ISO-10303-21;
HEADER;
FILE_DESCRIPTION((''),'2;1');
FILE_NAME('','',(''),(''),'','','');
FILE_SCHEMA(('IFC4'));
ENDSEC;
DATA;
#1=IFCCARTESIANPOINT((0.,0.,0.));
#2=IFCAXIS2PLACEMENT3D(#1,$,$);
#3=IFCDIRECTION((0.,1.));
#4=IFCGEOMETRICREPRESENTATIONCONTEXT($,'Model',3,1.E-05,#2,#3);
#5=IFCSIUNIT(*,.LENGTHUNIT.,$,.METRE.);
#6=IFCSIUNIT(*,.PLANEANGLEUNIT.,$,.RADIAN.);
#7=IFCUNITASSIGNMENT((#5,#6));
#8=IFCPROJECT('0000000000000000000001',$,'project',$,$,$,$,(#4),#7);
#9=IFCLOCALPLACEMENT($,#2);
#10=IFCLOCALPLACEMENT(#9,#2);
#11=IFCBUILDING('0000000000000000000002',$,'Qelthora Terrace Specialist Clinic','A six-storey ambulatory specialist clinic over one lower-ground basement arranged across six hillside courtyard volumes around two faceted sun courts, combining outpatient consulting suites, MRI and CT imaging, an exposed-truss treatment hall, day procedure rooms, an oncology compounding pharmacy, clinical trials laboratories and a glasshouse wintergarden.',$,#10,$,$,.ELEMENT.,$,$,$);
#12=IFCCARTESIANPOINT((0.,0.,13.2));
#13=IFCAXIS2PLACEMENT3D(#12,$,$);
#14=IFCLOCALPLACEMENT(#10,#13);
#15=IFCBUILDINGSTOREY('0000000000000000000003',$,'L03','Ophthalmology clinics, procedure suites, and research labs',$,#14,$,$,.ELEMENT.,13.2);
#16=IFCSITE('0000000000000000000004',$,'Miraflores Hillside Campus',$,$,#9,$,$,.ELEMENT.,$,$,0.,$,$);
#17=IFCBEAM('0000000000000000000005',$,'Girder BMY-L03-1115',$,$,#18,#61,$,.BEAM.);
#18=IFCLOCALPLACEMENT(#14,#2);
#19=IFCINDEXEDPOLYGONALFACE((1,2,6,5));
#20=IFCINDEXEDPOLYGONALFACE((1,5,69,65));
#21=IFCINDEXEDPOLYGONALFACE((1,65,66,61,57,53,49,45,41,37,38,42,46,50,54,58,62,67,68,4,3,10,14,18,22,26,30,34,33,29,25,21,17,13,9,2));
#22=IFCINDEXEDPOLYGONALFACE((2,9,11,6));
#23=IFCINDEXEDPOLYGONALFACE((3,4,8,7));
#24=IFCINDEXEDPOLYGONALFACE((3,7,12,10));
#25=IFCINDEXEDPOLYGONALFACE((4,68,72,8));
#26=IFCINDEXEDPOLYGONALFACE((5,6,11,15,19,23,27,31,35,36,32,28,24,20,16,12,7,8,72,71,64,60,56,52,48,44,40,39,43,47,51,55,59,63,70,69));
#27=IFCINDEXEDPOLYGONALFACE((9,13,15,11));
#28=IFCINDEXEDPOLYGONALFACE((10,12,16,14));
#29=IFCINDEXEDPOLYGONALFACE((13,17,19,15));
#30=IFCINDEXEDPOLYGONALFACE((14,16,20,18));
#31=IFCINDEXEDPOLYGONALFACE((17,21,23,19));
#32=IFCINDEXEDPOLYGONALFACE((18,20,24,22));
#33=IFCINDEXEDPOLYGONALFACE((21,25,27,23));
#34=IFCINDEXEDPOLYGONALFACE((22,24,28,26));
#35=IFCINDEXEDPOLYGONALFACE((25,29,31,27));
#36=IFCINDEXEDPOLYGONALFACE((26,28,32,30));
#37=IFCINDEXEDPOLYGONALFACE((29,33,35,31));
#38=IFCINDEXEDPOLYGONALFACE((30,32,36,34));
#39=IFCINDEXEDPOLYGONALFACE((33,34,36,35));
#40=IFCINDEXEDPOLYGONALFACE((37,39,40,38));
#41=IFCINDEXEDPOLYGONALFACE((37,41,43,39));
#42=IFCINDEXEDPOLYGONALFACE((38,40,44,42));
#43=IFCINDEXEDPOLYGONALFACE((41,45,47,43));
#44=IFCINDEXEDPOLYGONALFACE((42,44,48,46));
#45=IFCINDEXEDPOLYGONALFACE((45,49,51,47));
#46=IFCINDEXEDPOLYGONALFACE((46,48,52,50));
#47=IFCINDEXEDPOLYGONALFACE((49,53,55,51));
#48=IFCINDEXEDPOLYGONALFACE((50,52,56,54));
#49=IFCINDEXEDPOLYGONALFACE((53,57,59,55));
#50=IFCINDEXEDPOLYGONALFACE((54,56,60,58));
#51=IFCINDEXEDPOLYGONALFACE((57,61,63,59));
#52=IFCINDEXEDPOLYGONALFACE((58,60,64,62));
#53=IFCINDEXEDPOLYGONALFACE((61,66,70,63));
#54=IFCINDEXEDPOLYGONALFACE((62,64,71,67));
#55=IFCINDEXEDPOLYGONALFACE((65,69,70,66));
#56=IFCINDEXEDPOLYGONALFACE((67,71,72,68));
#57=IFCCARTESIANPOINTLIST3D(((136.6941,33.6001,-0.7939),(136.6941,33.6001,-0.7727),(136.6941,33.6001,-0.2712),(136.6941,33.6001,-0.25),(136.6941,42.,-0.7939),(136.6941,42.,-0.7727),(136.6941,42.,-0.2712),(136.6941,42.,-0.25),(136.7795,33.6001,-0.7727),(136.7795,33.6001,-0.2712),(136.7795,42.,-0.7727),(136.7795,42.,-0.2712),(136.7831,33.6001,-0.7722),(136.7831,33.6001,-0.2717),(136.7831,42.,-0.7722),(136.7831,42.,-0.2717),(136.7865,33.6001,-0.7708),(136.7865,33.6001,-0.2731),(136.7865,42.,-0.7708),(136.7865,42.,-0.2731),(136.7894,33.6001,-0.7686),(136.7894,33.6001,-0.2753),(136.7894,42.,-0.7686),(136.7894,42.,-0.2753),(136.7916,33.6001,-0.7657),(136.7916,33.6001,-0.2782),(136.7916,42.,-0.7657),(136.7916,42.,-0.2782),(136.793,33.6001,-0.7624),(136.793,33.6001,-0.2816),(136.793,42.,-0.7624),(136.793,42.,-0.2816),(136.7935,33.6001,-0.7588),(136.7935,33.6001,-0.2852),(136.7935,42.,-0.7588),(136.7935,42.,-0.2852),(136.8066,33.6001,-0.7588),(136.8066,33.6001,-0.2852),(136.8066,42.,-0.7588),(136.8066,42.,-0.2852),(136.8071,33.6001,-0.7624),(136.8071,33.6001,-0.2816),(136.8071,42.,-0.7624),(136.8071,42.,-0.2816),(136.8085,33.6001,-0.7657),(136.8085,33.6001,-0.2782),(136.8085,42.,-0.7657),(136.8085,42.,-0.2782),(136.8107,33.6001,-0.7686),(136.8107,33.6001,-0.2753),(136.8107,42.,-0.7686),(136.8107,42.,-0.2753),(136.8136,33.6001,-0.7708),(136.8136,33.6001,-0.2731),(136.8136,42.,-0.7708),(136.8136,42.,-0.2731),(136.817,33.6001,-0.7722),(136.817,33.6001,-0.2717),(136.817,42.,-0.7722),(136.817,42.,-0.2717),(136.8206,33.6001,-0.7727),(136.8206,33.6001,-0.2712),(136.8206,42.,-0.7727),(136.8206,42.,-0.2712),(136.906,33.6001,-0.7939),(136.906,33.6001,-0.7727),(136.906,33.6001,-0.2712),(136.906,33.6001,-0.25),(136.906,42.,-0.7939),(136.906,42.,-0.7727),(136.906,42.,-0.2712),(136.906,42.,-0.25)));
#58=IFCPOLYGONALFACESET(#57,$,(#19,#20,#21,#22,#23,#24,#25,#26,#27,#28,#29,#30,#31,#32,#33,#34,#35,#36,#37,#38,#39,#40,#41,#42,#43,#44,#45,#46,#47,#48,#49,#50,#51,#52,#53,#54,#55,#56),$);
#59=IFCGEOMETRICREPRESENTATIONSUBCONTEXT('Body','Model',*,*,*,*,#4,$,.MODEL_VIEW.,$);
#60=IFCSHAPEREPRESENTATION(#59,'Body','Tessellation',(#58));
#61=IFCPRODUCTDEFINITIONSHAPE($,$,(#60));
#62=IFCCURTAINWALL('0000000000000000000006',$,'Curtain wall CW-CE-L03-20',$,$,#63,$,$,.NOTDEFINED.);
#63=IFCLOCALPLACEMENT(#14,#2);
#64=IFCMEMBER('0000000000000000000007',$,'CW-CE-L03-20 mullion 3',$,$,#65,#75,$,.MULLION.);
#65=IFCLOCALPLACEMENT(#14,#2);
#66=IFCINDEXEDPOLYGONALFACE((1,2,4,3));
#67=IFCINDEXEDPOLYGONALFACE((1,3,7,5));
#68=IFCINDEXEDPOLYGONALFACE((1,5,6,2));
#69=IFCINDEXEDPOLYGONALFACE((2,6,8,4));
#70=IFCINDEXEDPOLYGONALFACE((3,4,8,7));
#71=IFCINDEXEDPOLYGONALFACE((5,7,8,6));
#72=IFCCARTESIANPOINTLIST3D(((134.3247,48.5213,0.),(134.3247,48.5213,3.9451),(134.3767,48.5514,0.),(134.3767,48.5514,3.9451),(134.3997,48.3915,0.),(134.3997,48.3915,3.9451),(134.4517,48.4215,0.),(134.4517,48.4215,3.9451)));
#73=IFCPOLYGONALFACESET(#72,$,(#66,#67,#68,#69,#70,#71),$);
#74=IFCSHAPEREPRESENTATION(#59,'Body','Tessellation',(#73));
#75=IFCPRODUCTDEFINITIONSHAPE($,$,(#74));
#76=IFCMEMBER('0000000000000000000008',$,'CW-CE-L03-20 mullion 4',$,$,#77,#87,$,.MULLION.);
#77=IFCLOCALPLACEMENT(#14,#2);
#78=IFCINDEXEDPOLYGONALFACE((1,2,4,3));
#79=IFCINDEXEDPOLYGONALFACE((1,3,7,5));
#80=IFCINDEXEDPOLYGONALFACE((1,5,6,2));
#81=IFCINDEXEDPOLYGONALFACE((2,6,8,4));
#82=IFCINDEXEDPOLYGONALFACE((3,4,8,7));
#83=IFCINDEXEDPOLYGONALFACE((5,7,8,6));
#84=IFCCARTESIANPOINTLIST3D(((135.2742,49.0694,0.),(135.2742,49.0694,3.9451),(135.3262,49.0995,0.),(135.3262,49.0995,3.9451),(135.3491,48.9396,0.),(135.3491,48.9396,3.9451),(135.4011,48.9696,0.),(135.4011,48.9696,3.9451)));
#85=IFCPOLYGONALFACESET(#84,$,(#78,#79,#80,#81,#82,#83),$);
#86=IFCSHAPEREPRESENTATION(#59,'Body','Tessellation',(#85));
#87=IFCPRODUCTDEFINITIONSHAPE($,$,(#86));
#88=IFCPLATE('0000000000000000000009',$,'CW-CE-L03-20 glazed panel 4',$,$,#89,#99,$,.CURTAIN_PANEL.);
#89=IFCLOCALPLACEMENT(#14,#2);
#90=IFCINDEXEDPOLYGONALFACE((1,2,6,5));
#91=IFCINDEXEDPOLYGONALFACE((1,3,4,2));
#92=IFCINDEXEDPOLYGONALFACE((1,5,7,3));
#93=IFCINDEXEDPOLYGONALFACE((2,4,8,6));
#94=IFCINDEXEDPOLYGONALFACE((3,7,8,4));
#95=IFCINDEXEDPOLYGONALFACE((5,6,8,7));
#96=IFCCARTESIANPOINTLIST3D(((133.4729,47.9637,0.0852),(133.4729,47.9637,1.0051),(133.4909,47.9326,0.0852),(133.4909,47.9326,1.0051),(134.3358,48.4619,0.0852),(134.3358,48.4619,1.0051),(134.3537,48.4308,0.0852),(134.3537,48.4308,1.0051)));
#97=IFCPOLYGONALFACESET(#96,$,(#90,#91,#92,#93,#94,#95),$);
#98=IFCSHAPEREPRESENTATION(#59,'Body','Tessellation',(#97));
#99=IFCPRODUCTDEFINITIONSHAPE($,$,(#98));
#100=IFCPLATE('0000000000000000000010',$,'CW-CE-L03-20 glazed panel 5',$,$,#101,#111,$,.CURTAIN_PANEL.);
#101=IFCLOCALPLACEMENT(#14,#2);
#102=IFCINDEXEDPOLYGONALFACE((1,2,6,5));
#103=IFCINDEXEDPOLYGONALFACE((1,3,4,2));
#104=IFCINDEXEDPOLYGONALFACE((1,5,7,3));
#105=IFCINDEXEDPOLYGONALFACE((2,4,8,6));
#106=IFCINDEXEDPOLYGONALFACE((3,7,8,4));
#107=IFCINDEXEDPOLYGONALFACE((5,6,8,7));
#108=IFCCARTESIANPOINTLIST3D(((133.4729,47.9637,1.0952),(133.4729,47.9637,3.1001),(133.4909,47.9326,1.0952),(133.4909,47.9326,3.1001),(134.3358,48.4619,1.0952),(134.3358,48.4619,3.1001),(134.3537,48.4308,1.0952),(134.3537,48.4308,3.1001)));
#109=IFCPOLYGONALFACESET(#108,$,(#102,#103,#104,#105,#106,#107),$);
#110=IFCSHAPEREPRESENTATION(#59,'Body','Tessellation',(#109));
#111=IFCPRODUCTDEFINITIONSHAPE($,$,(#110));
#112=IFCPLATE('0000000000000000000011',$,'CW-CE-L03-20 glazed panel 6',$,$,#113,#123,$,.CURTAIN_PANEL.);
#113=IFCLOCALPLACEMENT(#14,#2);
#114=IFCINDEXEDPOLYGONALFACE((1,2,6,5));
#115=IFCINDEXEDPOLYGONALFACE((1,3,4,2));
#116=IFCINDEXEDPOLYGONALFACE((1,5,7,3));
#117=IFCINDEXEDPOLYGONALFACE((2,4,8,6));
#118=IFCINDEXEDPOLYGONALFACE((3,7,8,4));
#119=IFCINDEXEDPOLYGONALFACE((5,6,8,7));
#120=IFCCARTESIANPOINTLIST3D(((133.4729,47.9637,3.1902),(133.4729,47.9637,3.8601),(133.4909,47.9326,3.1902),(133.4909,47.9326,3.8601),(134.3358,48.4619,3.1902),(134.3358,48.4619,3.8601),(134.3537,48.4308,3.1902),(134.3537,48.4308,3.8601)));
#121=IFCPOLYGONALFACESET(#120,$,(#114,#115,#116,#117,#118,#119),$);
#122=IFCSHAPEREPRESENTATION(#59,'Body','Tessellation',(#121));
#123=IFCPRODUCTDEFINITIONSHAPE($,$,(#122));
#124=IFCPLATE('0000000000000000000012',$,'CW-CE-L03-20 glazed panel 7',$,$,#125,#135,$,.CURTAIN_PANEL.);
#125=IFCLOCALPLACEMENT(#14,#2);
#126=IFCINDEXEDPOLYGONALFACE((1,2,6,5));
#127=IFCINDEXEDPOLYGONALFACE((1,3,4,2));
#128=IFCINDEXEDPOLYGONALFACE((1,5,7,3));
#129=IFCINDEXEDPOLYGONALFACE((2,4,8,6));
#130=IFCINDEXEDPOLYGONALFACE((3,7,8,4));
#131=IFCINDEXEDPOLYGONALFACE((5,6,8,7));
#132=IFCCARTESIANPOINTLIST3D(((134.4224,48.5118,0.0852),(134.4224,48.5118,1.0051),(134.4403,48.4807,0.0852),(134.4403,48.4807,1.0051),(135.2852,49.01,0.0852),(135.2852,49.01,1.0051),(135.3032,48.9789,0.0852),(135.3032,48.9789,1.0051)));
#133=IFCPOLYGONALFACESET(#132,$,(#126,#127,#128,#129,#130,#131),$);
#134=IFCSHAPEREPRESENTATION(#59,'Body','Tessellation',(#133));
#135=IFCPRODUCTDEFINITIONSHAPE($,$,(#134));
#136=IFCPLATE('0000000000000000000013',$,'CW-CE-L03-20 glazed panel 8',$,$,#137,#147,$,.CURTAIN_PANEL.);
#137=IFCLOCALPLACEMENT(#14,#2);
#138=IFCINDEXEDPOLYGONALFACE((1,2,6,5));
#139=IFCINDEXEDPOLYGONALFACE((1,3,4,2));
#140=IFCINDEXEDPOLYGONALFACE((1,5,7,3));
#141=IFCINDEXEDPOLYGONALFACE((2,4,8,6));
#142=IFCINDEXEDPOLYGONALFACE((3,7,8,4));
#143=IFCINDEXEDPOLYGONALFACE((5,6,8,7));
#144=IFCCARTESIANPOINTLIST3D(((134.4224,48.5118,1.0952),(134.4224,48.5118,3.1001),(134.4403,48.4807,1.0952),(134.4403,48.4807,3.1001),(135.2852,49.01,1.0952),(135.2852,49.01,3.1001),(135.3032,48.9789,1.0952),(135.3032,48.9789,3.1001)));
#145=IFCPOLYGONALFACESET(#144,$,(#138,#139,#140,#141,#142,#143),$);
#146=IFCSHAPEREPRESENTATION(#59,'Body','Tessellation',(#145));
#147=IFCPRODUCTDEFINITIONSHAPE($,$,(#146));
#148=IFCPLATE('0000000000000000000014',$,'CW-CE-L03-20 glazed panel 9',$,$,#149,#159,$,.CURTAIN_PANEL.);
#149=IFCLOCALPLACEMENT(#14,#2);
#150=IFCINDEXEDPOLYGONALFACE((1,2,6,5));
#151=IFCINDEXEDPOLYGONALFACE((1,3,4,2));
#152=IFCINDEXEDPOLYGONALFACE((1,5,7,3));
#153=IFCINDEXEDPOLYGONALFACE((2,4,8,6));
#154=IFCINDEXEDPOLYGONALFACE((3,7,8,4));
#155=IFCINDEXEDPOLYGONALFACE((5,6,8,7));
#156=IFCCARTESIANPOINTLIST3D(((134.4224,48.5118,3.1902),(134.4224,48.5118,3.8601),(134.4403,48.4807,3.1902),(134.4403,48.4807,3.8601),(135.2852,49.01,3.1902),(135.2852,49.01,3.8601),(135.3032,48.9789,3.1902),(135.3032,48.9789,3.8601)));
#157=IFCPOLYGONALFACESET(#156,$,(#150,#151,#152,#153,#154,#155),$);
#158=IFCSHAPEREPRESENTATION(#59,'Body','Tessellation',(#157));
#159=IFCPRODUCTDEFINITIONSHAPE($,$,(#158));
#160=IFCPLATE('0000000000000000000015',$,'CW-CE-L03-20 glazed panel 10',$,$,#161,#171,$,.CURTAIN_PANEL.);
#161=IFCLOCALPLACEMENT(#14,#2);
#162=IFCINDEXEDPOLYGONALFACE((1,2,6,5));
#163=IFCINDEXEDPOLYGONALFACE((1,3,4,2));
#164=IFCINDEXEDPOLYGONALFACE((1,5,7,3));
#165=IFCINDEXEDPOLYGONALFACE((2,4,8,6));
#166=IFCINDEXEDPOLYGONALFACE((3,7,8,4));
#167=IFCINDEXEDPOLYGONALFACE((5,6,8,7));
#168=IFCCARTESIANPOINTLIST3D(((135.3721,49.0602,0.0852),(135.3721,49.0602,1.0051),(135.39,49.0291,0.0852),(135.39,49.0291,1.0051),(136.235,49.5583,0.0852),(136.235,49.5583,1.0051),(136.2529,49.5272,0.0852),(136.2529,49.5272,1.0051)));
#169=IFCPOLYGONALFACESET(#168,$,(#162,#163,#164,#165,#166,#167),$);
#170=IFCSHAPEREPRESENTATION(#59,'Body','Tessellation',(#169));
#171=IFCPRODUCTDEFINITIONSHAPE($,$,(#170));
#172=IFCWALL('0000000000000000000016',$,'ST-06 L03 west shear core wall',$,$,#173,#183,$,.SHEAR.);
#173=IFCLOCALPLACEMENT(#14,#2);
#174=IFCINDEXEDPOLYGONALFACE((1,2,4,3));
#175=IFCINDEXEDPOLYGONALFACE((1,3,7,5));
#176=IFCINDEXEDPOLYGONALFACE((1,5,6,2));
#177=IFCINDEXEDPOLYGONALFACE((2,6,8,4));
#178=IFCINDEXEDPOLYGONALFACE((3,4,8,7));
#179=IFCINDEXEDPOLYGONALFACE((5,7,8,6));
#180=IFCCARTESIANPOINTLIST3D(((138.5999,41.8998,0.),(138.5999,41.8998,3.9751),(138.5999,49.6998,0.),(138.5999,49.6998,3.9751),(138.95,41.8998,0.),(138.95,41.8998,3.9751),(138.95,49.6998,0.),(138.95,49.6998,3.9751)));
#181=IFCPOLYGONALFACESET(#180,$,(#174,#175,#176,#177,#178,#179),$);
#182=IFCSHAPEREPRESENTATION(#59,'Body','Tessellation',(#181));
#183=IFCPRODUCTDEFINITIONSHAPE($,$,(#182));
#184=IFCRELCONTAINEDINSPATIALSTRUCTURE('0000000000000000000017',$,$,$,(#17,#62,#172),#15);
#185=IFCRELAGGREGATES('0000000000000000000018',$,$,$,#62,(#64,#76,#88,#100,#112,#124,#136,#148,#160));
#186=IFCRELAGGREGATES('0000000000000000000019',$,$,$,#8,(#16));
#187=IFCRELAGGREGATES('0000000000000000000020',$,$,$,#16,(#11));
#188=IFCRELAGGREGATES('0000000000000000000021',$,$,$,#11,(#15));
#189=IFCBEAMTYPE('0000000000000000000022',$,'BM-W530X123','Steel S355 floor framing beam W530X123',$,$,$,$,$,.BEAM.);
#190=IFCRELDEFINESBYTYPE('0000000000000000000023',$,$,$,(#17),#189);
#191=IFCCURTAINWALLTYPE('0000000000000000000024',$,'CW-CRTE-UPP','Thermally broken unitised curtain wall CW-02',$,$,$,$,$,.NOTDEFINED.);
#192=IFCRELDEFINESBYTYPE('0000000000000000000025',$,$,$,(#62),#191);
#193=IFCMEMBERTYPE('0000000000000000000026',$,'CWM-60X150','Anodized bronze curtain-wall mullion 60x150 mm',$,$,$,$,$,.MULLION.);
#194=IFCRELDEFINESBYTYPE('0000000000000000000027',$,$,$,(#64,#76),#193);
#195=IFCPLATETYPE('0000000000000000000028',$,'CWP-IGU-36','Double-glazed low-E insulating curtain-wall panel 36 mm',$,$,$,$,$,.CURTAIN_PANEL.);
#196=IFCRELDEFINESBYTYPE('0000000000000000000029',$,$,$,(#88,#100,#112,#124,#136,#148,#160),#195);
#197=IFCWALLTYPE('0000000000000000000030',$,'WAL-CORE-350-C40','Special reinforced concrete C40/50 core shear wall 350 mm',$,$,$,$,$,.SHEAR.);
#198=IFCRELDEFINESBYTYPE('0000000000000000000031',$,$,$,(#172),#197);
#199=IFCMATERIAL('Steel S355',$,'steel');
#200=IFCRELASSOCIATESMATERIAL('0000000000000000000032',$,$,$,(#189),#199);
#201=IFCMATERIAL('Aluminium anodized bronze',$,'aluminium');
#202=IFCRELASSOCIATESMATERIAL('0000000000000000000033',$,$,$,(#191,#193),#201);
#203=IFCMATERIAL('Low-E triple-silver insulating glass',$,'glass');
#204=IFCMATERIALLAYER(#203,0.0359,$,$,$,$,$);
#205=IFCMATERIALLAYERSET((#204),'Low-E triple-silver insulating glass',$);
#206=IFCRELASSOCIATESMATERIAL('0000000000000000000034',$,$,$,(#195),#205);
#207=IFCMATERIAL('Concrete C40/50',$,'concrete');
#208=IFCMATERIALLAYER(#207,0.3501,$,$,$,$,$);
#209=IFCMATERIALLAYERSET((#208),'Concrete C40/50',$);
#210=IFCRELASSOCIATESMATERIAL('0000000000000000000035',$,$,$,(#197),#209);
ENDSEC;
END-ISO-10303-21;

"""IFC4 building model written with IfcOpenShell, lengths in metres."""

from ifc_helpers import new_model, si_unit, direction, frame, frame_2d, origin, origin_2d, place, context, subcontext, project, spatial, rectangle, i_section, extrude, material, layer, layer_set, material_profile, profile_set, type_object, element, aggregate, save


model = new_model("IFC4")

# Units and contexts
model_context = context("Model", 3, precision=1e-05, world=origin(), true_north=direction((0.0, 1.0)))
body_context = subcontext(model_context, "Body", "Model", "MODEL_VIEW")
ifc_project = project(units=[si_unit("LENGTHUNIT", "METRE"), si_unit("PLANEANGLEUNIT", "RADIAN")], contexts=[model_context])

# Site, building, storey
site_placement = place(None, origin())
site = spatial("IfcSite", under=ifc_project, at=site_placement, Name="Miraflores Hillside Campus", CompositionType="ELEMENT", RefElevation=0.0)
building_placement = place(site_placement, origin())
building = spatial("IfcBuilding", under=site, at=building_placement, Name="Qelthora Terrace Specialist Clinic", Description="A six-storey ambulatory specialist clinic over one lower-ground basement arranged across six hillside courtyard volumes around two faceted sun courts, combining outpatient consulting suites, MRI and CT imaging, an exposed-truss treatment hall, day procedure rooms, an oncology compounding pharmacy, clinical trials laboratories and a glasshouse wintergarden.", CompositionType="ELEMENT")
storey_placement = place(building_placement, frame((0.0, 0.0, 13.2)))
storey = spatial("IfcBuildingStorey", under=building, at=storey_placement, Name="L03", Description="Ophthalmology clinics, procedure suites, and research labs", CompositionType="ELEMENT", Elevation=13.2)

# Shared definitions
ifc_material_1 = material(Name="Steel S355", Category="steel")

# Beam
ifc_material_profile_1 = material_profile(ifc_material_1, i_section(OverallWidth=0.2119, OverallDepth=0.5439, WebThickness=0.0132, FlangeThickness=0.0212, FilletRadius=0.0139, at=origin_2d()), Name="W530X123")
ifc_profile_set_1 = profile_set([ifc_material_profile_1], Name="Steel S355")
beam_type_1 = type_object("IfcBeamType", Name="BM-W530X123", Description="Steel S355 floor framing beam W530X123", PredefinedType="BEAM", material=ifc_profile_set_1)
beam_1_placement = place(storey_placement, frame((136.8, 33.6001, -0.522), z_axis=(0.0, 1.0, 0.0), x_axis=(-1.0, 0.0, 0.0)))
element("IfcBeam", 1, at=beam_1_placement, inside=storey, type_object=beam_type_1, Name="Girder BMY-L03-1115", PredefinedType="BEAM", context=body_context, shape_type="SweptSolid", body=[
    extrude(i_section(OverallWidth=0.2119, OverallDepth=0.5439, WebThickness=0.0132, FlangeThickness=0.0212, FilletRadius=0.0139, at=origin_2d()), origin(), (0.0, 0.0, 1.0), 8.3999),
])

# Curtain wall, members, plates
ifc_material_2 = material(Name="Aluminium anodized bronze", Category="aluminium")
curtain_wall_type = type_object("IfcCurtainWallType", Name="CW-CRTE-UPP", Description="Thermally broken unitised curtain wall CW-02", PredefinedType="NOTDEFINED", material=ifc_material_2)
curtain_wall_placement = place(storey_placement, origin())
curtain_wall = element("IfcCurtainWall", 2, at=curtain_wall_placement, inside=storey, type_object=curtain_wall_type, Name="Curtain wall CW-CE-L03-20", PredefinedType="NOTDEFINED")
ifc_material_profile_2 = material_profile(ifc_material_2, rectangle(XDim=0.0601, YDim=0.1499, at=origin_2d()), Name="CWM60X150")
ifc_profile_set_2 = profile_set([ifc_material_profile_2], Name="Aluminium anodized bronze")
member_type = type_object("IfcMemberType", Name="CWM-60X150", Description="Anodized bronze curtain-wall mullion 60x150 mm", PredefinedType="MULLION", material=ifc_profile_set_2)
member_1_placement = place(storey_placement, frame((134.3882, 48.4714, 0.0), z_axis=(0.0, 0.0, 1.0), x_axis=(0.866025, 0.5, 0.0)))
member_1 = element("IfcMember", 3, at=member_1_placement, type_object=member_type, Name="CW-CE-L03-20 mullion 3", PredefinedType="MULLION", context=body_context, shape_type="SweptSolid", body=[
    extrude(rectangle(XDim=0.0601, YDim=0.1499, at=origin_2d()), origin(), (0.0, 0.0, 1.0), 3.9451),
])
member_2_placement = place(storey_placement, frame((135.3376, 49.0195, 0.0), z_axis=(0.0, 0.0, 1.0), x_axis=(0.866025, 0.5, 0.0)))
member_2 = element("IfcMember", 4, at=member_2_placement, type_object=member_type, Name="CW-CE-L03-20 mullion 4", PredefinedType="MULLION", context=body_context, shape_type="SweptSolid", body=[
    extrude(rectangle(XDim=0.0601, YDim=0.1499, at=origin_2d()), origin(), (0.0, 0.0, 1.0), 3.9451),
])
ifc_material_3 = material(Name="Low-E triple-silver insulating glass", Category="glass")
ifc_layer_1 = layer(ifc_material_3, 0.0359)
ifc_layer_set_1 = layer_set([ifc_layer_1], Name="Low-E triple-silver insulating glass")
plate_type = type_object("IfcPlateType", Name="CWP-IGU-36", Description="Double-glazed low-E insulating curtain-wall panel 36 mm", PredefinedType="CURTAIN_PANEL", material=ifc_layer_set_1)
plate_1_placement = place(storey_placement, frame((133.9133, 48.1973, 0.0852), z_axis=(0.0, 0.0, 1.0), x_axis=(0.866025, 0.5, 0.0)))
plate_1 = element("IfcPlate", 5, at=plate_1_placement, type_object=plate_type, Name="CW-CE-L03-20 glazed panel 4", PredefinedType="CURTAIN_PANEL", context=body_context, shape_type="SweptSolid", body=[
    extrude(rectangle(XDim=0.9963, YDim=0.0359, at=origin_2d()), origin(), (0.0, 0.0, 1.0), 0.9199),
])
plate_2_placement = place(storey_placement, frame((133.9133, 48.1973, 1.0952), z_axis=(0.0, 0.0, 1.0), x_axis=(0.866025, 0.5, 0.0)))
plate_2 = element("IfcPlate", 6, at=plate_2_placement, type_object=plate_type, Name="CW-CE-L03-20 glazed panel 5", PredefinedType="CURTAIN_PANEL", context=body_context, shape_type="SweptSolid", body=[
    extrude(rectangle(XDim=0.9963, YDim=0.0359, at=origin_2d()), origin(), (0.0, 0.0, 1.0), 2.0049),
])
plate_3_placement = place(storey_placement, frame((133.9133, 48.1973, 3.1902), z_axis=(0.0, 0.0, 1.0), x_axis=(0.866025, 0.5, 0.0)))
plate_3 = element("IfcPlate", 7, at=plate_3_placement, type_object=plate_type, Name="CW-CE-L03-20 glazed panel 6", PredefinedType="CURTAIN_PANEL", context=body_context, shape_type="SweptSolid", body=[
    extrude(rectangle(XDim=0.9963, YDim=0.0359, at=origin_2d()), origin(), (0.0, 0.0, 1.0), 0.6699),
])
plate_4_placement = place(storey_placement, frame((134.8628, 48.7454, 0.0852), z_axis=(0.0, 0.0, 1.0), x_axis=(0.866025, 0.5, 0.0)))
plate_4 = element("IfcPlate", 8, at=plate_4_placement, type_object=plate_type, Name="CW-CE-L03-20 glazed panel 7", PredefinedType="CURTAIN_PANEL", context=body_context, shape_type="SweptSolid", body=[
    extrude(rectangle(XDim=0.9963, YDim=0.0359, at=origin_2d()), origin(), (0.0, 0.0, 1.0), 0.9199),
])
plate_5_placement = place(storey_placement, frame((134.8628, 48.7454, 1.0952), z_axis=(0.0, 0.0, 1.0), x_axis=(0.866025, 0.5, 0.0)))
plate_5 = element("IfcPlate", 9, at=plate_5_placement, type_object=plate_type, Name="CW-CE-L03-20 glazed panel 8", PredefinedType="CURTAIN_PANEL", context=body_context, shape_type="SweptSolid", body=[
    extrude(rectangle(XDim=0.9963, YDim=0.0359, at=origin_2d()), origin(), (0.0, 0.0, 1.0), 2.0049),
])
plate_6_placement = place(storey_placement, frame((134.8628, 48.7454, 3.1902), z_axis=(0.0, 0.0, 1.0), x_axis=(0.866025, 0.5, 0.0)))
plate_6 = element("IfcPlate", 10, at=plate_6_placement, type_object=plate_type, Name="CW-CE-L03-20 glazed panel 9", PredefinedType="CURTAIN_PANEL", context=body_context, shape_type="SweptSolid", body=[
    extrude(rectangle(XDim=0.9963, YDim=0.0359, at=origin_2d()), origin(), (0.0, 0.0, 1.0), 0.6699),
])
plate_7_placement = place(storey_placement, frame((135.8125, 49.2937, 0.0852), z_axis=(0.0, 0.0, 1.0), x_axis=(0.866025, 0.5, 0.0)))
plate_7 = element("IfcPlate", 11, at=plate_7_placement, type_object=plate_type, Name="CW-CE-L03-20 glazed panel 10", PredefinedType="CURTAIN_PANEL", context=body_context, shape_type="SweptSolid", body=[
    extrude(rectangle(XDim=0.9963, YDim=0.0359, at=origin_2d()), origin(), (0.0, 0.0, 1.0), 0.9199),
])
aggregate(curtain_wall, [member_1, member_2, plate_1, plate_2, plate_3, plate_4, plate_5, plate_6, plate_7])

# Wall
ifc_material_4 = material(Name="Concrete C40/50", Category="concrete")
ifc_layer_2 = layer(ifc_material_4, 0.3501)
ifc_layer_set_2 = layer_set([ifc_layer_2], Name="Concrete C40/50")
wall_type_1 = type_object("IfcWallType", Name="WAL-CORE-350-C40", Description="Special reinforced concrete C40/50 core shear wall 350 mm", PredefinedType="SHEAR", material=ifc_layer_set_2)
wall_1_placement = place(storey_placement, frame((138.7749, 41.8999, 0.0), z_axis=(0.0, 0.0, 1.0), x_axis=(0.0, 1.0, 0.0)))
element("IfcWall", 12, at=wall_1_placement, inside=storey, type_object=wall_type_1, Name="ST-06 L03 west shear core wall", PredefinedType="SHEAR", context=body_context, shape_type="SweptSolid", body=[
    extrude(rectangle(XDim=7.8, YDim=0.3501, at=frame_2d((3.8999, 0.0))), origin(), (0.0, 0.0, 1.0), 3.9751),
])

save(model, "model.ifc")
